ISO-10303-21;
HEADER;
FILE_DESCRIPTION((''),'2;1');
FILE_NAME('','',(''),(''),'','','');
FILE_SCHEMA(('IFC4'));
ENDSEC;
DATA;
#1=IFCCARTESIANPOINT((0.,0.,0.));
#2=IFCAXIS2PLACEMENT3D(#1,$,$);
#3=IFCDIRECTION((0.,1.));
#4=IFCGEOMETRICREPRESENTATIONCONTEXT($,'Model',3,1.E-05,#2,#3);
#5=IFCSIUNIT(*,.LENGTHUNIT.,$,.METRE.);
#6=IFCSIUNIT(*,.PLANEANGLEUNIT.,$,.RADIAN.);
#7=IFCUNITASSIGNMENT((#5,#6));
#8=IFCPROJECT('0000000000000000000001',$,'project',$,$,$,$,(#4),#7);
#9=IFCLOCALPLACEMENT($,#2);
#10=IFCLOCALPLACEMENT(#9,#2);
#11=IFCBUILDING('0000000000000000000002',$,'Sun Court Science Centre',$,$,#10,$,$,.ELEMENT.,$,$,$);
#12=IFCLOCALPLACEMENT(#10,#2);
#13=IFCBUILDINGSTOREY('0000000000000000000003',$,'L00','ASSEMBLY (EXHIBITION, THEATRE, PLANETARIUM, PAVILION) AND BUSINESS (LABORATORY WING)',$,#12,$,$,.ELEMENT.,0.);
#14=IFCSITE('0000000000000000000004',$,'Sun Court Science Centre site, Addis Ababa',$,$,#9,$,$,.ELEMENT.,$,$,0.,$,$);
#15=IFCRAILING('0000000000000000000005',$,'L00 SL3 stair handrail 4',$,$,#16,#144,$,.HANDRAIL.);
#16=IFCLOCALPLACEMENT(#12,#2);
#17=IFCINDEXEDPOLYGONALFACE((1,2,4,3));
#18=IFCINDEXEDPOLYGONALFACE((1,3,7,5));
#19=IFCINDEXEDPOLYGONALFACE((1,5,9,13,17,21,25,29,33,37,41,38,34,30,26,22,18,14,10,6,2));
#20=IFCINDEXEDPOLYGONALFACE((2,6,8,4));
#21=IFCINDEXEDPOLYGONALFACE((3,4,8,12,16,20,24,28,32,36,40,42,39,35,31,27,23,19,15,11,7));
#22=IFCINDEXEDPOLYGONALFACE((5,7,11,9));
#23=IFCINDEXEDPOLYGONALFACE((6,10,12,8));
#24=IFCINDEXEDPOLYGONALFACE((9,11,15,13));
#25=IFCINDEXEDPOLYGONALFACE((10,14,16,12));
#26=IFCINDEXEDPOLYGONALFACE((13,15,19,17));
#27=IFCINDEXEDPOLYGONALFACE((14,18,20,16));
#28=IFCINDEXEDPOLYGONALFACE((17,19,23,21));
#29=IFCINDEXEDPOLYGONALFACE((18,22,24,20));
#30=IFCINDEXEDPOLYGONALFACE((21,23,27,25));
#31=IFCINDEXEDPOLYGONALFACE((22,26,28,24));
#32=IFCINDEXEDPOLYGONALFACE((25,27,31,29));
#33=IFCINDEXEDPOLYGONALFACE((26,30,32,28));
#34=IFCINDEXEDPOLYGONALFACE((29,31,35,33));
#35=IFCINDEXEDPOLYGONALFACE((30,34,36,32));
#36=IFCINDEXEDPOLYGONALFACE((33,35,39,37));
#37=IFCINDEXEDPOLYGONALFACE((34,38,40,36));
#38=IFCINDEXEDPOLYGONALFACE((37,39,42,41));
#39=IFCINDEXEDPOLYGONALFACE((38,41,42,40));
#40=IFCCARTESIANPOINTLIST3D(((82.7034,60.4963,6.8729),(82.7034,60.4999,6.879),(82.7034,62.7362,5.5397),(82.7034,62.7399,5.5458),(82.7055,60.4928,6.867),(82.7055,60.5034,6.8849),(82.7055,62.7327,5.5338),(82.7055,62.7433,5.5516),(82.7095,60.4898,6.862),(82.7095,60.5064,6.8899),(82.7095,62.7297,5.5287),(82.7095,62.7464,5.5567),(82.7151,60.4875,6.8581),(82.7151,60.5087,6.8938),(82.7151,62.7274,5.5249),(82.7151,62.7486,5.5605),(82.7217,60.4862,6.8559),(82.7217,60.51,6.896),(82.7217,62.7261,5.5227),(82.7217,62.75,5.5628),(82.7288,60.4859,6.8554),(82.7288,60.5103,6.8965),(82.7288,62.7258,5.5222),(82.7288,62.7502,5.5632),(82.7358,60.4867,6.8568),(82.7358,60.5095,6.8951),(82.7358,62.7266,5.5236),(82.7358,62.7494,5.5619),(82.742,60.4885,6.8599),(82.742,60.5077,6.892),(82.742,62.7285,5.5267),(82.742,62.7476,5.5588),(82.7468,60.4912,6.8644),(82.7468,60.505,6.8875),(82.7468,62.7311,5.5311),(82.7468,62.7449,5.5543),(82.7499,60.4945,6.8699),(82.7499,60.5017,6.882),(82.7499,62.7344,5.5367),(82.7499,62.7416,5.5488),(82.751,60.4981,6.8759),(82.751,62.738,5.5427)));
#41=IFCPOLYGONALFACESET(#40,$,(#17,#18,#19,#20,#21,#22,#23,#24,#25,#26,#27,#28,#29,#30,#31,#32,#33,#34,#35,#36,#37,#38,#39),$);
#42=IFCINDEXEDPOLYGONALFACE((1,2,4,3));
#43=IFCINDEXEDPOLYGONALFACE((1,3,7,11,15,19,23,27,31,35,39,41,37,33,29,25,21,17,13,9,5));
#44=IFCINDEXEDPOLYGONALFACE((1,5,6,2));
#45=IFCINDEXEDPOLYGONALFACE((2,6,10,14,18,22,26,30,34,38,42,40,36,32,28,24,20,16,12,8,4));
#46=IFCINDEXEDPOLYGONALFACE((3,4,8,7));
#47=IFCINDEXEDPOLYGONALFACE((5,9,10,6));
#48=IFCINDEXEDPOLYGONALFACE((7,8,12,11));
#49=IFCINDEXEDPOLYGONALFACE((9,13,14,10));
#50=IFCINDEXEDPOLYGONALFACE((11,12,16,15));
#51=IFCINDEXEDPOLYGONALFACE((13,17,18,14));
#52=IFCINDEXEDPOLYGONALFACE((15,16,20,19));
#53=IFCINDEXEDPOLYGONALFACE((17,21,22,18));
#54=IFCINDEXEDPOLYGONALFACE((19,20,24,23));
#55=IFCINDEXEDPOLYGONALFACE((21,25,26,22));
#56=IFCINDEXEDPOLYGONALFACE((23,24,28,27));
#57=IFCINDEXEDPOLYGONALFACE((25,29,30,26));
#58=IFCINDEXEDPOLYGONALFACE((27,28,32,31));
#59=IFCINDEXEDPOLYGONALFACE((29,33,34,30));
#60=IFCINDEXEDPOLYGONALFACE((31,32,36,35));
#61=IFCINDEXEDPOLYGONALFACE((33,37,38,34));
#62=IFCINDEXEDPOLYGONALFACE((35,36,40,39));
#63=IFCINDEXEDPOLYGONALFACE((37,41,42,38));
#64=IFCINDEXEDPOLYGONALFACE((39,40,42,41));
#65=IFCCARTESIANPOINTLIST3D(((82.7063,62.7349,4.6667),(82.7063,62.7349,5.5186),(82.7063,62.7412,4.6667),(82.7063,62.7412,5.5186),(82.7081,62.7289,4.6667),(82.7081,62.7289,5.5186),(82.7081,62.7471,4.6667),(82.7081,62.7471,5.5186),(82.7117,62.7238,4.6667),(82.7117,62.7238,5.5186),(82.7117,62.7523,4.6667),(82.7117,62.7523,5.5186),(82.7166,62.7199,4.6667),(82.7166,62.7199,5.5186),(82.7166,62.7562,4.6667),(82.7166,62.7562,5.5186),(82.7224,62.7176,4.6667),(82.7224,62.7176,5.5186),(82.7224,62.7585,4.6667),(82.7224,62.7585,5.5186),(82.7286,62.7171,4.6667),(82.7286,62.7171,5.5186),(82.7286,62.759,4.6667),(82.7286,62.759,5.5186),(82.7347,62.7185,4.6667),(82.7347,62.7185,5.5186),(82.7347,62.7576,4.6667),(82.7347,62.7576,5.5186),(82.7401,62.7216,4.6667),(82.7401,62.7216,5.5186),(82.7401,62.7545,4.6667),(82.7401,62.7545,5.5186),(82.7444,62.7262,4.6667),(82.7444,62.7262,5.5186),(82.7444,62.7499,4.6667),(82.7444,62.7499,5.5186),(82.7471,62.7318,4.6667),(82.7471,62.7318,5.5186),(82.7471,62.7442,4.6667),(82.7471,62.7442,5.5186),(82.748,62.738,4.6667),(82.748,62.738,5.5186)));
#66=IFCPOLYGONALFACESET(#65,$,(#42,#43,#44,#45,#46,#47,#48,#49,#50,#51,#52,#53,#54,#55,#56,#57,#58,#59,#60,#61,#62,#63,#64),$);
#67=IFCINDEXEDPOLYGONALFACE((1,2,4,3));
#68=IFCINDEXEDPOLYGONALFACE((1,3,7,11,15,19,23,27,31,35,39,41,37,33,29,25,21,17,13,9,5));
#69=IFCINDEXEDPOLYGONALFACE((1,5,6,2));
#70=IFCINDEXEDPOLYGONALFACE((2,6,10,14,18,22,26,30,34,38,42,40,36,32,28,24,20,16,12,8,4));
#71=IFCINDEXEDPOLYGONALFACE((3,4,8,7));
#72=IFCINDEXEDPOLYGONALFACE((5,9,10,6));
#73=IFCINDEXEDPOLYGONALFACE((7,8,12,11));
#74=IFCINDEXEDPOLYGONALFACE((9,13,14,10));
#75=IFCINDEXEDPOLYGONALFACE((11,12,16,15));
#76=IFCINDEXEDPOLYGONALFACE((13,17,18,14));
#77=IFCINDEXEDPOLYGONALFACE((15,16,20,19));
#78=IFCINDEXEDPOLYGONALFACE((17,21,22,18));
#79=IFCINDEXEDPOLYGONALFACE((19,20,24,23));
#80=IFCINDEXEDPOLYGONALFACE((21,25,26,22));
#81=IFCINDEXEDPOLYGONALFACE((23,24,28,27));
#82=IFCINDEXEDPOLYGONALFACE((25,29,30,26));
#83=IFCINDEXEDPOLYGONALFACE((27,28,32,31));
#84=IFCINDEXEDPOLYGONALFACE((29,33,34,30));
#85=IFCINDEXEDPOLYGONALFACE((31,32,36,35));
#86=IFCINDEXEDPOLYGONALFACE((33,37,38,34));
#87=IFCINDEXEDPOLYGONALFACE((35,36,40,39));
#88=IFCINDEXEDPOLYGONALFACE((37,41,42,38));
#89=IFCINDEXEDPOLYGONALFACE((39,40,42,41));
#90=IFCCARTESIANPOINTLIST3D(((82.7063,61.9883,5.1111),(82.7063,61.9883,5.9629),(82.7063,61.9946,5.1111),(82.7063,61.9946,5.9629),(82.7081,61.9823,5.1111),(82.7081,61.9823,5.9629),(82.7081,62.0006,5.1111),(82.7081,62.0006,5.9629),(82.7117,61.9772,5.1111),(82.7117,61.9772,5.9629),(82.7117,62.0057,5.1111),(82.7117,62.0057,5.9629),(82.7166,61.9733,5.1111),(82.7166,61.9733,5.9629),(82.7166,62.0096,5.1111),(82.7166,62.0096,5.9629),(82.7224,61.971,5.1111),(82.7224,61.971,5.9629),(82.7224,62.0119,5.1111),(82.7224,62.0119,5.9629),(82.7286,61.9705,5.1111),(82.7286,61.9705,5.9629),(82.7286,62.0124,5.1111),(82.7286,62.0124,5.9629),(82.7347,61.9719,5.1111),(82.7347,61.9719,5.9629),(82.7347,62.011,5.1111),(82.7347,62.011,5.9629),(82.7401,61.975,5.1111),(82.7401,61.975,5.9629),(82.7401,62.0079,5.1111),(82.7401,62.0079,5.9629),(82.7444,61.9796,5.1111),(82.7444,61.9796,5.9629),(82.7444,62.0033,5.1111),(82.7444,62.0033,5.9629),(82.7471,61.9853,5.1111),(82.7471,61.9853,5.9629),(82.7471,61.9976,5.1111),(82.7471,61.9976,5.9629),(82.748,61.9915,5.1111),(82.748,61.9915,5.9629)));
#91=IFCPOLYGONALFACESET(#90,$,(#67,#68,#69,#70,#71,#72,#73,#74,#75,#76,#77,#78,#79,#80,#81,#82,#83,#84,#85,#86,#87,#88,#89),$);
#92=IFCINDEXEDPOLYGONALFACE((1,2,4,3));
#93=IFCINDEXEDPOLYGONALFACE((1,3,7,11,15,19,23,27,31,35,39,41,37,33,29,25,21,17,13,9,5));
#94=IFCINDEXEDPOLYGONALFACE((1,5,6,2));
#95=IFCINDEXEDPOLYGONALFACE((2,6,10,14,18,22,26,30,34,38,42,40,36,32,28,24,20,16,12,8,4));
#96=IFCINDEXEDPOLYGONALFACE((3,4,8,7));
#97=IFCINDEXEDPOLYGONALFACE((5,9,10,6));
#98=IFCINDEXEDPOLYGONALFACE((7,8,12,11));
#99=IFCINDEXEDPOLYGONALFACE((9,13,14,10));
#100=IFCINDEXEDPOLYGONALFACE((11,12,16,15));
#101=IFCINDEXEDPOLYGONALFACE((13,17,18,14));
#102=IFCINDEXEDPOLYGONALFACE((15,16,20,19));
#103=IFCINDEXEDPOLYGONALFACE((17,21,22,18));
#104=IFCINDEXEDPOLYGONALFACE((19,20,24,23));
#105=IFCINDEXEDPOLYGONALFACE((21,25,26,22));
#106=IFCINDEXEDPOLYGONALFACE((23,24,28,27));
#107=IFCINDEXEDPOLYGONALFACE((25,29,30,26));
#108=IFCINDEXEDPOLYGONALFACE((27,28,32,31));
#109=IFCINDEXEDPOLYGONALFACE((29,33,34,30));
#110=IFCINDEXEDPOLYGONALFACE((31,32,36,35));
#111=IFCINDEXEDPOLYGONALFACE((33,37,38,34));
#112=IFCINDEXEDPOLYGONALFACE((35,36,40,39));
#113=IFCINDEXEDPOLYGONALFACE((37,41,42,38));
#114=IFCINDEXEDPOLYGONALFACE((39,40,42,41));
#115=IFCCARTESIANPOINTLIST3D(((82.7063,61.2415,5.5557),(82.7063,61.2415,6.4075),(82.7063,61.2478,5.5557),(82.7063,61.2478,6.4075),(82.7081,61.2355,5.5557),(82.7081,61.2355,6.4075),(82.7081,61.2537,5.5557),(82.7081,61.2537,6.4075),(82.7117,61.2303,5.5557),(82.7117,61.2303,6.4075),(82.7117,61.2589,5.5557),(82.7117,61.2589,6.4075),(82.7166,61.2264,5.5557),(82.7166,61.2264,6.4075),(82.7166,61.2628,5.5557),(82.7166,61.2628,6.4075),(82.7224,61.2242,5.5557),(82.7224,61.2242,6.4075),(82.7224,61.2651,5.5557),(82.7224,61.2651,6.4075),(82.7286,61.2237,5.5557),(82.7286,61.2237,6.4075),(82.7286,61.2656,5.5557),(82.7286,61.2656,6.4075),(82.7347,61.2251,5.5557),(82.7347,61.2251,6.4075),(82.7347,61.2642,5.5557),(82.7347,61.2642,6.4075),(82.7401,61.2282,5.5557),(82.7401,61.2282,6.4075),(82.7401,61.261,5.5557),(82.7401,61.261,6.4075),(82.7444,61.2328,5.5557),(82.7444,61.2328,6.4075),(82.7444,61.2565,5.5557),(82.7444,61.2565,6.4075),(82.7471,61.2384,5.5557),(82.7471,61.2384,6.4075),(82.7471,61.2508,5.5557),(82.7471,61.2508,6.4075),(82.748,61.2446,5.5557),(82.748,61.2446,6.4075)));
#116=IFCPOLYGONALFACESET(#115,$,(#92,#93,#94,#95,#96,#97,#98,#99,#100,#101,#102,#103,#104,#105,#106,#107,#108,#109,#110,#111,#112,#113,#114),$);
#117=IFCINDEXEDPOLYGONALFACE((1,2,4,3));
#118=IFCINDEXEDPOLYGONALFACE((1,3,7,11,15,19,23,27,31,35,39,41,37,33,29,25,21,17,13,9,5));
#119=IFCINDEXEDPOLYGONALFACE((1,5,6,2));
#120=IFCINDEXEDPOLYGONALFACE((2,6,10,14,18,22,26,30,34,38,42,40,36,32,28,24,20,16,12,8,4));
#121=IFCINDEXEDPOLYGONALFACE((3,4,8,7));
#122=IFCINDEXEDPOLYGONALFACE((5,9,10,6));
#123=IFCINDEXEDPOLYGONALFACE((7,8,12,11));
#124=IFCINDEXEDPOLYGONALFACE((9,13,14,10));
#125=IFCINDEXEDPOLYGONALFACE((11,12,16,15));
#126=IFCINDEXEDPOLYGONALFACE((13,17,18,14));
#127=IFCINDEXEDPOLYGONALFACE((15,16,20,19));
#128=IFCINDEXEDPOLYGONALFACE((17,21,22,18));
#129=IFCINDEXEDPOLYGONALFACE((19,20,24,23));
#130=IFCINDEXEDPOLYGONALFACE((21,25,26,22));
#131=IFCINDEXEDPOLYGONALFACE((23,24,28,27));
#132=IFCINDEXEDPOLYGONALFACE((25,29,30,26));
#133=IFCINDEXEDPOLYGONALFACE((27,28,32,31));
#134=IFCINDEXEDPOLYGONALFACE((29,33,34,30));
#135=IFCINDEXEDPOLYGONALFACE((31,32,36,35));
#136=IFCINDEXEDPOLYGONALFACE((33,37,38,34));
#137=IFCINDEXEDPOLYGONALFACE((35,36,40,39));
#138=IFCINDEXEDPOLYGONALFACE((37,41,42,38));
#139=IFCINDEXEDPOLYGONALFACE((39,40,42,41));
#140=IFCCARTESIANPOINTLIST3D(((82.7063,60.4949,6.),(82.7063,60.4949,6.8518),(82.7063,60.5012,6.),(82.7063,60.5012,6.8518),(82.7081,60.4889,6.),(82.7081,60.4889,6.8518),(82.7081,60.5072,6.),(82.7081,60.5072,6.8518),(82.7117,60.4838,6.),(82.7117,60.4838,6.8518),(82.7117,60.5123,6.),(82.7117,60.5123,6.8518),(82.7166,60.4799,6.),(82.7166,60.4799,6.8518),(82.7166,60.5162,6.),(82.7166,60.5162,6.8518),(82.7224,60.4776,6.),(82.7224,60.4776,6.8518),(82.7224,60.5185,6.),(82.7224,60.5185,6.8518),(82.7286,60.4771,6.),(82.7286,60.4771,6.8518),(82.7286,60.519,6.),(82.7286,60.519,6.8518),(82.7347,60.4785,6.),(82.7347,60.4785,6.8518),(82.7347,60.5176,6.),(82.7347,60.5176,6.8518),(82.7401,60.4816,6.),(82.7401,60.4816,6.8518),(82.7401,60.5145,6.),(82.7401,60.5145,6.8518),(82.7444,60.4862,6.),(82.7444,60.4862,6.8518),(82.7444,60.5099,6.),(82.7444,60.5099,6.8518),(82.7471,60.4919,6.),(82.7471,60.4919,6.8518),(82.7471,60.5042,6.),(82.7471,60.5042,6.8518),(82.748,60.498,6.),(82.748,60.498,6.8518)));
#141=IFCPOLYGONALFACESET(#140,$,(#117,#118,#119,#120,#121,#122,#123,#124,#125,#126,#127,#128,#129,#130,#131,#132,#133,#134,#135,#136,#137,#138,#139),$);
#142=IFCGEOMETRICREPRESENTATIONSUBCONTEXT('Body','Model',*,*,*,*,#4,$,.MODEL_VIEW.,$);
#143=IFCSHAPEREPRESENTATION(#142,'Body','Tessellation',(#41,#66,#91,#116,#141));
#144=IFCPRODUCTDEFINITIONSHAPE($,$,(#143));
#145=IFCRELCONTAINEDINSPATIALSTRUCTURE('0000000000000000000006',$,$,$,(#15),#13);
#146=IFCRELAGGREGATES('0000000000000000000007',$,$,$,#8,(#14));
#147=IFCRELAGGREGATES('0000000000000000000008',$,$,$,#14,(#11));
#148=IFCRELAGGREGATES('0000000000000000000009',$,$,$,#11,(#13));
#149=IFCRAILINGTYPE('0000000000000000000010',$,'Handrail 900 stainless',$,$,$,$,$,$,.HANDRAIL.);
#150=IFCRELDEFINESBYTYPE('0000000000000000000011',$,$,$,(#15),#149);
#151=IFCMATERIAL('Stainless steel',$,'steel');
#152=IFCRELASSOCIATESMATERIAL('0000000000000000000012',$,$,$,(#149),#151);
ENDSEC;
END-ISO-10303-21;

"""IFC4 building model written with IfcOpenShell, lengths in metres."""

from ifc_helpers import new_model, si_unit, direction, frame, origin, origin_2d, place, context, subcontext, project, spatial, circle, extrude, material, type_object, element, save


model = new_model("IFC4")

# Units and contexts
model_context = context("Model", 3, precision=1e-05, world=origin(), true_north=direction((0.0, 1.0)))
body_context = subcontext(model_context, "Body", "Model", "MODEL_VIEW")
ifc_project = project(units=[si_unit("LENGTHUNIT", "METRE"), si_unit("PLANEANGLEUNIT", "RADIAN")], contexts=[model_context])

# Site, building, storey
site_placement = place(None, origin())
site = spatial("IfcSite", under=ifc_project, at=site_placement, Name="Sun Court Science Centre site, Addis Ababa", CompositionType="ELEMENT", RefElevation=0.0)
building_placement = place(site_placement, origin())
building = spatial("IfcBuilding", under=site, at=building_placement, Name="Sun Court Science Centre", CompositionType="ELEMENT")
storey_placement = place(building_placement, origin())
storey = spatial("IfcBuildingStorey", under=building, at=storey_placement, Name="L00", Description="ASSEMBLY (EXHIBITION, THEATRE, PLANETARIUM, PAVILION) AND BUSINESS (LABORATORY WING)", CompositionType="ELEMENT", Elevation=0.0)

# Railing
ifc_material_1 = material(Name="Stainless steel", Category="steel")
railing_type_1 = type_object("IfcRailingType", Name="Handrail 900 stainless", PredefinedType="HANDRAIL", material=ifc_material_1)
railing_1_placement = place(storey_placement, frame((82.7271, 62.738, 4.6667)))
element("IfcRailing", 1, at=railing_1_placement, inside=storey, type_object=railing_type_1, Name="L00 SL3 stair handrail 4", PredefinedType="HANDRAIL", context=body_context, shape_type="SweptSolid", body=[
    extrude(circle(Radius=0.0239, at=origin_2d()), frame((0.0, 0.0, 0.876), z_axis=(0.0, -0.859306, 0.511462), x_axis=(1.0, 0.0, 0.0)), (0.0, 0.0, 1.0), 2.6067),
    extrude(circle(Radius=0.021, at=origin_2d()), origin(), (0.0, 0.0, 1.0), 0.8518),
    extrude(circle(Radius=0.021, at=origin_2d()), frame((0.0, -0.7466, 0.4443)), (0.0, 0.0, 1.0), 0.8518),
    extrude(circle(Radius=0.021, at=origin_2d()), frame((0.0, -1.4934, 0.8889)), (0.0, 0.0, 1.0), 0.8518),
    extrude(circle(Radius=0.021, at=origin_2d()), frame((0.0, -2.24, 1.3333)), (0.0, 0.0, 1.0), 0.8518),
])

save(model, "model.ifc")
